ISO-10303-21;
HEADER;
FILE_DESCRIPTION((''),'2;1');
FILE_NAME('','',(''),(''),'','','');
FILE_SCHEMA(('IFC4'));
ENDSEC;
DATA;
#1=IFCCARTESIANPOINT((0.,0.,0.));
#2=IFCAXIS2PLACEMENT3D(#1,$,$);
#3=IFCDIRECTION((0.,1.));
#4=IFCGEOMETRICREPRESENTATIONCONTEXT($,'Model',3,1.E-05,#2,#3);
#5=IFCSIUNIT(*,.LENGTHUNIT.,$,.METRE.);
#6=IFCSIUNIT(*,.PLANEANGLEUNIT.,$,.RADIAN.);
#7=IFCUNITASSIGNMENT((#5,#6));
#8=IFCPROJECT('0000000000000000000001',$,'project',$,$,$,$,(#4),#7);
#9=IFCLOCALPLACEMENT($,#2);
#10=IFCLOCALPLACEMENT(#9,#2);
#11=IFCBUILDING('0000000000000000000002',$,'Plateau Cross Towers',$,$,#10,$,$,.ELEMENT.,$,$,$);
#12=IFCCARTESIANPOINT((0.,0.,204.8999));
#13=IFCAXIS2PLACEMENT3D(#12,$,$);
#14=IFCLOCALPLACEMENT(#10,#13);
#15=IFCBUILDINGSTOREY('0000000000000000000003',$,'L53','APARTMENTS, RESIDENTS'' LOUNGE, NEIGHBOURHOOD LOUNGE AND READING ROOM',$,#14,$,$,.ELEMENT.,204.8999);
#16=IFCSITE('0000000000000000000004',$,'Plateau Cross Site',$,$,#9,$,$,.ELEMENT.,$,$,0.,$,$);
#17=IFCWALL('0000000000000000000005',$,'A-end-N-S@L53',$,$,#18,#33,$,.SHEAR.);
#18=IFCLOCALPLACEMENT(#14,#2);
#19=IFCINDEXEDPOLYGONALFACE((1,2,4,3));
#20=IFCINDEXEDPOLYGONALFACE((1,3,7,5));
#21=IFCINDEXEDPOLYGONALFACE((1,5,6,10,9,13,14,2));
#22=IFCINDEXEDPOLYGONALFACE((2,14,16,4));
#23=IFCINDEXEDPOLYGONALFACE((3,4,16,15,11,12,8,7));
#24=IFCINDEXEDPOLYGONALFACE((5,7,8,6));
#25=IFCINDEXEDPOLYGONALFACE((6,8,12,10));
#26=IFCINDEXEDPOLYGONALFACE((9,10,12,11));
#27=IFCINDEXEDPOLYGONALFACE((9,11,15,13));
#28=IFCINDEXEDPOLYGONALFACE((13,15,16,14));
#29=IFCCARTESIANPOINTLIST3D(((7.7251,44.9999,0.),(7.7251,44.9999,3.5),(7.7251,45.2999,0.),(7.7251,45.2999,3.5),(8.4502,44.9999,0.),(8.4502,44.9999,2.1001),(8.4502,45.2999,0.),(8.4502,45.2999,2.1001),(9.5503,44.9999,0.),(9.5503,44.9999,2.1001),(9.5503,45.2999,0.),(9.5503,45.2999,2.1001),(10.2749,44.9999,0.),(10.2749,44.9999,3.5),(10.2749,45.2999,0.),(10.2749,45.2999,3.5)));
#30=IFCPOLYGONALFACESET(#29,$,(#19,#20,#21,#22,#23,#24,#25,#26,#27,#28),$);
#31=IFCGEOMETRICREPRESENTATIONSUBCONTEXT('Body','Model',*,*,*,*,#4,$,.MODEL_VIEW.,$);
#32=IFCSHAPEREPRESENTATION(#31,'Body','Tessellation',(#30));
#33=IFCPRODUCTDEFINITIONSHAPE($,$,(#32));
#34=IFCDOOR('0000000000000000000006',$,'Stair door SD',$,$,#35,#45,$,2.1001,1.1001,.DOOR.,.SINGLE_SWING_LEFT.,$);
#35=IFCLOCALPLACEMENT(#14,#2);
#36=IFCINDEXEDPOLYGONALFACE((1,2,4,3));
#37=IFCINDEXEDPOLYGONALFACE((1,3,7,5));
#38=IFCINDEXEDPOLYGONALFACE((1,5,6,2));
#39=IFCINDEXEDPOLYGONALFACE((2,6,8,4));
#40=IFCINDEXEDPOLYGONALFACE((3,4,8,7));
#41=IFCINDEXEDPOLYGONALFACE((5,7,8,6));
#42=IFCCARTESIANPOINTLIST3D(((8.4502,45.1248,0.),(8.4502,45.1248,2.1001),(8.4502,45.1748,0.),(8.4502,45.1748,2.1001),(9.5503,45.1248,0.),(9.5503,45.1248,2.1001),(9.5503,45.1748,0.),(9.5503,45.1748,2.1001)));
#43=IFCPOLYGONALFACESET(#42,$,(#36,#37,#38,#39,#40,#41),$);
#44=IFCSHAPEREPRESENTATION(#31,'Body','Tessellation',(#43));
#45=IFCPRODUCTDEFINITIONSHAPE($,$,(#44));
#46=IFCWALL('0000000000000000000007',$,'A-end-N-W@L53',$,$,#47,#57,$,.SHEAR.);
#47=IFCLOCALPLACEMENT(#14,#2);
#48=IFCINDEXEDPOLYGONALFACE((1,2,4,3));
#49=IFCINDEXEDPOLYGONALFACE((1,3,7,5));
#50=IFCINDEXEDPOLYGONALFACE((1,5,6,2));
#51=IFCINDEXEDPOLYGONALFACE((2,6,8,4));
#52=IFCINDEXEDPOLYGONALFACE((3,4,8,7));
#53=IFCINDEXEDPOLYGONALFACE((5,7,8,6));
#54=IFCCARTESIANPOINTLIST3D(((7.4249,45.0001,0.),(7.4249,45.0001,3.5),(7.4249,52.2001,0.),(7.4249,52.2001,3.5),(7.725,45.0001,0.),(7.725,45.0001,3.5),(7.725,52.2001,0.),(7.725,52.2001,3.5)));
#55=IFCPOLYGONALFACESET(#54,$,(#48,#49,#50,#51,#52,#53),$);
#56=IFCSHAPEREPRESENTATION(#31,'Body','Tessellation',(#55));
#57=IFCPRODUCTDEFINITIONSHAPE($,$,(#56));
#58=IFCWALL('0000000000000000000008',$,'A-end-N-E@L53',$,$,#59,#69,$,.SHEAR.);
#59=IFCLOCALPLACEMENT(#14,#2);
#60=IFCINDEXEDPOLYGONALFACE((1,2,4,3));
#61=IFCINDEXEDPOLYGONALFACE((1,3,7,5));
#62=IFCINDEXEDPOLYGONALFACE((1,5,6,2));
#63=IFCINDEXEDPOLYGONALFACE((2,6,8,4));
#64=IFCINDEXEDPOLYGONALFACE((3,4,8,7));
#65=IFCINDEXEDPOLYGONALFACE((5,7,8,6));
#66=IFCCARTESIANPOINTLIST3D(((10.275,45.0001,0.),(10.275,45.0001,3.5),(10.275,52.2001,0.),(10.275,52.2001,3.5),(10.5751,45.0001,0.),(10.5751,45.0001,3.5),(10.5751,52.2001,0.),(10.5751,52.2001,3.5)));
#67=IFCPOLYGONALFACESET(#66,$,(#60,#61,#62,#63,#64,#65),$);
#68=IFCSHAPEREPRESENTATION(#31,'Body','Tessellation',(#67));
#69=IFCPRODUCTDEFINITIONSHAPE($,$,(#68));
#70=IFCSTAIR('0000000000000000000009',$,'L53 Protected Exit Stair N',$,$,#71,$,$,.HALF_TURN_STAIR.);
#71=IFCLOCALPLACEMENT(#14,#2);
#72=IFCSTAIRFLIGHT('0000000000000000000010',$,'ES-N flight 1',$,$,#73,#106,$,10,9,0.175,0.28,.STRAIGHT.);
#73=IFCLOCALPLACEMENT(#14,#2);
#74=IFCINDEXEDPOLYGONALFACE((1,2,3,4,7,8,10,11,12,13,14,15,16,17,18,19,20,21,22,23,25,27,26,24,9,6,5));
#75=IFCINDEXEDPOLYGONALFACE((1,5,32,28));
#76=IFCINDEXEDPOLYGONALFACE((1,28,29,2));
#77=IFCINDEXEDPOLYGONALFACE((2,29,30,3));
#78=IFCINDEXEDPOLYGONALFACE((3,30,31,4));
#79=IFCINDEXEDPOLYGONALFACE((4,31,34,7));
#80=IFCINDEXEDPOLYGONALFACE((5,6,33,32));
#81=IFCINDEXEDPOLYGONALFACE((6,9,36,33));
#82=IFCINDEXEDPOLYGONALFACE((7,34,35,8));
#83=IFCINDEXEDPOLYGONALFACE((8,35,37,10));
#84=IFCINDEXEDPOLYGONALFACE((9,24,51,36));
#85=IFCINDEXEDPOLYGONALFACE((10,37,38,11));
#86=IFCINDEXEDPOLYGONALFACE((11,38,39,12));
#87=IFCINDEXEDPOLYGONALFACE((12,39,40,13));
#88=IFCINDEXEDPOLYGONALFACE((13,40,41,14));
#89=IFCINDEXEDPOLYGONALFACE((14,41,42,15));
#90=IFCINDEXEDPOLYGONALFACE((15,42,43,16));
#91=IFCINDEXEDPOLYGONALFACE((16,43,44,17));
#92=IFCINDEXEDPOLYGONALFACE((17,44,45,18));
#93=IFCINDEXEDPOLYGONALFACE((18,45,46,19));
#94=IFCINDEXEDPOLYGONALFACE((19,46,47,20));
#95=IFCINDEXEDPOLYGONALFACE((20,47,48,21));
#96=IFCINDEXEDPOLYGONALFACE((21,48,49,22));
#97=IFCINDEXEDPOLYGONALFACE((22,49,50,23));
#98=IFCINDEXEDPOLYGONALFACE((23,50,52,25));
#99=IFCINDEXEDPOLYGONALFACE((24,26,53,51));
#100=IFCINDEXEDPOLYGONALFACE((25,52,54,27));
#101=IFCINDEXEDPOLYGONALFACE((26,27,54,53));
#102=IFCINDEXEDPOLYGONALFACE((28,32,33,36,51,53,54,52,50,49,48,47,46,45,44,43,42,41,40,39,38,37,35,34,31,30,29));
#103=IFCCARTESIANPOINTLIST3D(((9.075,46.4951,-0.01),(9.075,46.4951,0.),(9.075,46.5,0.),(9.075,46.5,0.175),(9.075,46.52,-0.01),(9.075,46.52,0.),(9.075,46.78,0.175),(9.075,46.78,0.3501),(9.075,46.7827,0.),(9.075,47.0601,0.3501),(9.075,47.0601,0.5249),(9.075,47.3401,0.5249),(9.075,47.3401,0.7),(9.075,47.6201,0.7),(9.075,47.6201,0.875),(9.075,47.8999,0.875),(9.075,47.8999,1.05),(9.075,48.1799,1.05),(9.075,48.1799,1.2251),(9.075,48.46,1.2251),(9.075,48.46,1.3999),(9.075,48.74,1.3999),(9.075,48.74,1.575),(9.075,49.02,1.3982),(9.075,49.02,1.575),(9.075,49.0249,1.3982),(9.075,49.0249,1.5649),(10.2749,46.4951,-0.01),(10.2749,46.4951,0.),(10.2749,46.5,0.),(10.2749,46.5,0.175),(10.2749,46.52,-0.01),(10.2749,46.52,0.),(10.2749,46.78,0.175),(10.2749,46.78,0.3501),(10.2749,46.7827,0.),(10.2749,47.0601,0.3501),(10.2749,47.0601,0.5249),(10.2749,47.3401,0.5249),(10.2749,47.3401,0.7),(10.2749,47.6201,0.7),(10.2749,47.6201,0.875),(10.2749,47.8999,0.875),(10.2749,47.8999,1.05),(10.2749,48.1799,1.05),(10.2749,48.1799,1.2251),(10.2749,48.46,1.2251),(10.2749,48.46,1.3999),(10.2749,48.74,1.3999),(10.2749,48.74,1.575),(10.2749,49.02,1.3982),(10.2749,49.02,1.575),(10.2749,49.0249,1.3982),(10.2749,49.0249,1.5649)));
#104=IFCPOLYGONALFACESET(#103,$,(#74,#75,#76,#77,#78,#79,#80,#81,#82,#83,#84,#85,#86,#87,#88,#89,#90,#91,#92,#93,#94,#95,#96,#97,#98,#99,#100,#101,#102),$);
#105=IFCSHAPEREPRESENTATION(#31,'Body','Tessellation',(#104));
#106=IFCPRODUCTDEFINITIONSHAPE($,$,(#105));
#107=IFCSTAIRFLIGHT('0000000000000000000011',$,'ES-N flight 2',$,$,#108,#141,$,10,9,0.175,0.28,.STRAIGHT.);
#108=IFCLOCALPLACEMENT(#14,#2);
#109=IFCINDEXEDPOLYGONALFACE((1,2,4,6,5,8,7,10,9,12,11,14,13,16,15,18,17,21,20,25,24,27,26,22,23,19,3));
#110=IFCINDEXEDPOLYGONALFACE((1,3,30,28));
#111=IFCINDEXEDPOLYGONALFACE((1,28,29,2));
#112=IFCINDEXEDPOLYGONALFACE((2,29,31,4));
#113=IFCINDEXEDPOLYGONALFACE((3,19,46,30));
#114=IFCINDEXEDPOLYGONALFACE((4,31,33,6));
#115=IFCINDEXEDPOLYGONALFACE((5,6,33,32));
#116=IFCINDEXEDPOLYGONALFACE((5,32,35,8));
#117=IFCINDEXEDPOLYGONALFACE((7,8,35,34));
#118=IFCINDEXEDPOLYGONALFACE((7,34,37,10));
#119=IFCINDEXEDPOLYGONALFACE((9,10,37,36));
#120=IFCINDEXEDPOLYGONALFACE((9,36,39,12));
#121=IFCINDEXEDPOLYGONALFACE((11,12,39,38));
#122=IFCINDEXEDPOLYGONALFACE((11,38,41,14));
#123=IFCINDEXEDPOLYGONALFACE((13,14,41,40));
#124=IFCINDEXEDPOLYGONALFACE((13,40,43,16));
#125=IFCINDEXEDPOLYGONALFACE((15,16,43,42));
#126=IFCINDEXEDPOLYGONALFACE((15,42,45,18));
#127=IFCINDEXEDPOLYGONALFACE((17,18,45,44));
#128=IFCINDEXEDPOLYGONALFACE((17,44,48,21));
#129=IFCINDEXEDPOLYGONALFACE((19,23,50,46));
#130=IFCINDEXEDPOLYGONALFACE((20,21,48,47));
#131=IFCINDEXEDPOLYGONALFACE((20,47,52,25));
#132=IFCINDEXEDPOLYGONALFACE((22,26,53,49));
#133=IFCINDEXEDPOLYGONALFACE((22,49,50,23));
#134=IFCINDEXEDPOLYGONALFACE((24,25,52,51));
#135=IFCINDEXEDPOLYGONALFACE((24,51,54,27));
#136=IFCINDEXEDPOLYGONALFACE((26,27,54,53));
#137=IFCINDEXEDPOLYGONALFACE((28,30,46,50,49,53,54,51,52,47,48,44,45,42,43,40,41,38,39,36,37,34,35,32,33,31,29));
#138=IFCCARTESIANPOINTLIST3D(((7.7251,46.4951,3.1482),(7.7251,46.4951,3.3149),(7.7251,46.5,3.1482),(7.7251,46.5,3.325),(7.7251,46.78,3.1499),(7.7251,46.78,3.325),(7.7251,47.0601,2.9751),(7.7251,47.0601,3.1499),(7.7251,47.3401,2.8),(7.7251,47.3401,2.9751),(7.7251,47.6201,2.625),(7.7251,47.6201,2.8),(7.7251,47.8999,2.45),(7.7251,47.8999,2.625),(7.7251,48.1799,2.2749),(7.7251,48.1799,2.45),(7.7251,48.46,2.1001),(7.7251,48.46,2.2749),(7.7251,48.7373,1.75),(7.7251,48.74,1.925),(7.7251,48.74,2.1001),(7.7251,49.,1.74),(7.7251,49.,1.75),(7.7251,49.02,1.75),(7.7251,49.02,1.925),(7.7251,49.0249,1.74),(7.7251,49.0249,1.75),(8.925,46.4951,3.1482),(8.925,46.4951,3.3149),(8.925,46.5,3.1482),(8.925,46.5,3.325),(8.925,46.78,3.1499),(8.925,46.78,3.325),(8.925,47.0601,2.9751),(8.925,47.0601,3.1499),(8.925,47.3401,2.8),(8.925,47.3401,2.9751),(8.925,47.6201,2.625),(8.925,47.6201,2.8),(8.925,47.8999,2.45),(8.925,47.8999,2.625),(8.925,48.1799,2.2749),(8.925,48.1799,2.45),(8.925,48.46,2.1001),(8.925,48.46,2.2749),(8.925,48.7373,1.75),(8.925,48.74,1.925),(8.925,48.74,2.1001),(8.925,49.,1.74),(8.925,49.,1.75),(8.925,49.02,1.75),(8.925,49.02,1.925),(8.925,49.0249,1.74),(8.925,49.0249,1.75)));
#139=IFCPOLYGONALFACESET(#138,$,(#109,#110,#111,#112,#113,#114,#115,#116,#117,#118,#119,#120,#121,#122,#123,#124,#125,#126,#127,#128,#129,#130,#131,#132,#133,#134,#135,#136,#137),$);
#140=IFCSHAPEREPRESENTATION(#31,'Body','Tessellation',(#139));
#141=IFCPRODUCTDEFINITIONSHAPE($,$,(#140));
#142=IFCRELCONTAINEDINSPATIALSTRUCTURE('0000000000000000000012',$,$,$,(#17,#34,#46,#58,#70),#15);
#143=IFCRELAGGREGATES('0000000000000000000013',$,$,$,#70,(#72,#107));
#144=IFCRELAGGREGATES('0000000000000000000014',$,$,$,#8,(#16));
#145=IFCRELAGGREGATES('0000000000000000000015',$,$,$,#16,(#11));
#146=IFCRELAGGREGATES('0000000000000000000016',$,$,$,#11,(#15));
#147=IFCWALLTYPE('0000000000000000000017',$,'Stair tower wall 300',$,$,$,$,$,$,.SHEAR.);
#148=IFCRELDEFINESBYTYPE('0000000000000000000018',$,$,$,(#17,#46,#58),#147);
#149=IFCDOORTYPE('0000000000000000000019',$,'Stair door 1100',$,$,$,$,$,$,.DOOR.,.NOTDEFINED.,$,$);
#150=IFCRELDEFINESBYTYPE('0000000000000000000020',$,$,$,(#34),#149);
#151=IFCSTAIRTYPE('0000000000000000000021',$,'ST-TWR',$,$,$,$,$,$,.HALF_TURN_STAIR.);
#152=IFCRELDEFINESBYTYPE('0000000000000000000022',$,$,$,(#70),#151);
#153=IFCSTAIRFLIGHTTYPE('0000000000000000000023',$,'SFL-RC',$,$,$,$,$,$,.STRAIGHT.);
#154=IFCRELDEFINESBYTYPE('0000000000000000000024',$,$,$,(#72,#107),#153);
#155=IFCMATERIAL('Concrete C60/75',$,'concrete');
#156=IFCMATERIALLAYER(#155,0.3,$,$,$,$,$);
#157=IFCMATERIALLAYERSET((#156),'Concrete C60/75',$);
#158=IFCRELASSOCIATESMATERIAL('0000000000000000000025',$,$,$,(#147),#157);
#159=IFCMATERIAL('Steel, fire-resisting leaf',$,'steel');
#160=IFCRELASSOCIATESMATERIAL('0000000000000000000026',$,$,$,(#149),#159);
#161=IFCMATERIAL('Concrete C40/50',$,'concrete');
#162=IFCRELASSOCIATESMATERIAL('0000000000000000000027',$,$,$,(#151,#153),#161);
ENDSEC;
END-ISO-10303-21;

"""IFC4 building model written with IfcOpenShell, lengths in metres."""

from ifc_helpers import new_model, si_unit, direction, frame, frame_2d, origin, place, context, subcontext, project, spatial, polyline, rectangle, outline, extrude, material, layer, layer_set, type_object, element, fill, aggregate, save


model = new_model("IFC4")

# Units and contexts
model_context = context("Model", 3, precision=1e-05, world=origin(), true_north=direction((0.0, 1.0)))
body_context = subcontext(model_context, "Body", "Model", "MODEL_VIEW")
ifc_project = project(units=[si_unit("LENGTHUNIT", "METRE"), si_unit("PLANEANGLEUNIT", "RADIAN")], contexts=[model_context])

# Site, building, storey
site_placement = place(None, origin())
site = spatial("IfcSite", under=ifc_project, at=site_placement, Name="Plateau Cross Site", CompositionType="ELEMENT", RefElevation=0.0)
building_placement = place(site_placement, origin())
building = spatial("IfcBuilding", under=site, at=building_placement, Name="Plateau Cross Towers", CompositionType="ELEMENT")
storey_placement = place(building_placement, frame((0.0, 0.0, 204.8999)))
storey = spatial("IfcBuildingStorey", under=building, at=storey_placement, Name="L53", Description="APARTMENTS, RESIDENTS' LOUNGE, NEIGHBOURHOOD LOUNGE AND READING ROOM", CompositionType="ELEMENT", Elevation=204.8999)

# Wall, opening, door
ifc_material_1 = material(Name="Concrete C60/75", Category="concrete")
ifc_layer_1 = layer(ifc_material_1, 0.3)
ifc_layer_set_1 = layer_set([ifc_layer_1], Name="Concrete C60/75")
wall_type_1 = type_object("IfcWallType", Name="Stair tower wall 300", PredefinedType="SHEAR", material=ifc_layer_set_1)
wall_1_placement = place(storey_placement, frame((7.7251, 45.1499, 0.0), z_axis=(0.0, 0.0, 1.0), x_axis=(1.0, 0.0, 0.0)))
wall_1 = element("IfcWall", 1, at=wall_1_placement, inside=storey, type_object=wall_type_1, Name="A-end-N-S@L53", PredefinedType="SHEAR", context=body_context, shape_type="SweptSolid", body=[
    extrude(rectangle(XDim=2.5498, YDim=0.3, at=frame_2d((1.2749, 0.0))), origin(), (0.0, 0.0, 1.0), 3.5),
])
opening_1_placement = place(wall_1_placement, frame((0.7251, 0.0, 0.0)))
opening_1 = element("IfcOpeningElement", 2, at=opening_1_placement, cuts=wall_1, PredefinedType="OPENING", context=body_context, shape_type="SweptSolid", body=[
    extrude(rectangle(XDim=1.1001, YDim=2.1001, at=frame_2d((0.55, 1.05))), frame((0.0, 0.1599, 0.0), z_axis=(0.0, -1.0, 0.0), x_axis=(1.0, 0.0, 0.0)), (0.0, 0.0, 1.0), 0.3201),
])
ifc_material_2 = material(Name="Steel, fire-resisting leaf", Category="steel")
door_type_1 = type_object("IfcDoorType", Name="Stair door 1100", OperationType="NOTDEFINED", PredefinedType="DOOR", material=ifc_material_2)
door_1_placement = place(opening_1_placement, origin())
door_1 = element("IfcDoor", 3, at=door_1_placement, inside=storey, type_object=door_type_1, Name="Stair door SD", OperationType="SINGLE_SWING_LEFT", OverallHeight=2.1001, OverallWidth=1.1001, PredefinedType="DOOR", context=body_context, shape_type="SweptSolid", body=[
    extrude(rectangle(XDim=1.1001, YDim=2.1001, at=frame_2d((0.55, 1.05))), frame((0.0, 0.0249, 0.0), z_axis=(0.0, -1.0, 0.0), x_axis=(1.0, 0.0, 0.0)), (0.0, 0.0, 1.0), 0.05),
])
fill(opening_1, door_1)

# Walls
for number, where, z_axis, x_axis, name in (
    (4, (7.575, 45.0, 0.0), (0.0, 0.0, 1.0), (0.0, 1.0, 0.0), "A-end-N-W@L53"),
    (5, (10.425, 45.0, 0.0), (0.0, 0.0, 1.0), (0.0, 1.0, 0.0), "A-end-N-E@L53"),
):
    element("IfcWall", number, at=place(storey_placement, frame(where, z_axis=z_axis, x_axis=x_axis)), inside=storey, type_object=wall_type_1, Name=name, PredefinedType="SHEAR", context=body_context, shape_type="SweptSolid", body=[
        extrude(rectangle(XDim=7.2, YDim=0.3, at=frame_2d((3.6001, 0.0))), origin(), (0.0, 0.0, 1.0), 3.5),
    ])

# Stair, stair flights
ifc_material_3 = material(Name="Concrete C40/50", Category="concrete")
stair_type = type_object("IfcStairType", Name="ST-TWR", PredefinedType="HALF_TURN_STAIR", material=ifc_material_3)
stair_placement = place(storey_placement, origin())
stair = element("IfcStair", 6, at=stair_placement, inside=storey, type_object=stair_type, Name="L53 Protected Exit Stair N", PredefinedType="HALF_TURN_STAIR")
stair_flight_type = type_object("IfcStairFlightType", Name="SFL-RC", PredefinedType="STRAIGHT", material=ifc_material_3)
stair_flight_1_placement = place(storey_placement, frame((9.675, 46.5, 0.0), z_axis=(0.0, 0.0, 1.0), x_axis=(0.0, 1.0, 0.0)))
stair_flight_1 = element("IfcStairFlight", 7, at=stair_flight_1_placement, type_object=stair_flight_type, Name="ES-N flight 1", NumberOfRisers=10, NumberOfTreads=9, PredefinedType="STRAIGHT", RiserHeight=0.175, TreadLength=0.28, context=body_context, shape_type="SweptSolid", body=[
    extrude(outline(polyline([(-0.0049, -0.01), (-0.0049, 0.0), (0.0, 0.0), (0.0, 0.175), (0.28, 0.175), (0.28, 0.3501), (0.5601, 0.3501), (0.5601, 0.5249), (0.8401, 0.5249), (0.8401, 0.7), (1.1201, 0.7), (1.1201, 0.875), (1.3999, 0.875), (1.3999, 1.05), (1.6799, 1.05), (1.6799, 1.2251), (1.96, 1.2251), (1.96, 1.3999), (2.24, 1.3999), (2.24, 1.575), (2.52, 1.575), (2.5249, 1.5649), (2.5249, 1.3982), (2.52, 1.3982), (0.2827, 0.0), (0.02, 0.0), (0.02, -0.01), (-0.0049, -0.01)])), frame((0.0, 0.6001, 0.0), z_axis=(0.0, -1.0, 0.0), x_axis=(1.0, 0.0, 0.0)), (0.0, 0.0, 1.0), 1.2),
])
stair_flight_2_placement = place(storey_placement, frame((8.325, 49.02, 1.75), z_axis=(0.0, 0.0, 1.0), x_axis=(0.0, -1.0, 0.0)))
stair_flight_2 = element("IfcStairFlight", 8, at=stair_flight_2_placement, type_object=stair_flight_type, Name="ES-N flight 2", NumberOfRisers=10, NumberOfTreads=9, PredefinedType="STRAIGHT", RiserHeight=0.175, TreadLength=0.28, context=body_context, shape_type="SweptSolid", body=[
    extrude(outline(polyline([(-0.0049, -0.01), (-0.0049, 0.0), (0.0, 0.0), (0.0, 0.175), (0.28, 0.175), (0.28, 0.3501), (0.5601, 0.3501), (0.5601, 0.5249), (0.8401, 0.5249), (0.8401, 0.7), (1.1201, 0.7), (1.1201, 0.875), (1.3999, 0.875), (1.3999, 1.05), (1.6799, 1.05), (1.6799, 1.2251), (1.96, 1.2251), (1.96, 1.3999), (2.24, 1.3999), (2.24, 1.575), (2.52, 1.575), (2.5249, 1.5649), (2.5249, 1.3982), (2.52, 1.3982), (0.2827, 0.0), (0.02, 0.0), (0.02, -0.01), (-0.0049, -0.01)])), frame((0.0, 0.6001, 0.0), z_axis=(0.0, -1.0, 0.0), x_axis=(1.0, 0.0, 0.0)), (0.0, 0.0, 1.0), 1.2),
])
aggregate(stair, [stair_flight_1, stair_flight_2])

save(model, "model.ifc")
